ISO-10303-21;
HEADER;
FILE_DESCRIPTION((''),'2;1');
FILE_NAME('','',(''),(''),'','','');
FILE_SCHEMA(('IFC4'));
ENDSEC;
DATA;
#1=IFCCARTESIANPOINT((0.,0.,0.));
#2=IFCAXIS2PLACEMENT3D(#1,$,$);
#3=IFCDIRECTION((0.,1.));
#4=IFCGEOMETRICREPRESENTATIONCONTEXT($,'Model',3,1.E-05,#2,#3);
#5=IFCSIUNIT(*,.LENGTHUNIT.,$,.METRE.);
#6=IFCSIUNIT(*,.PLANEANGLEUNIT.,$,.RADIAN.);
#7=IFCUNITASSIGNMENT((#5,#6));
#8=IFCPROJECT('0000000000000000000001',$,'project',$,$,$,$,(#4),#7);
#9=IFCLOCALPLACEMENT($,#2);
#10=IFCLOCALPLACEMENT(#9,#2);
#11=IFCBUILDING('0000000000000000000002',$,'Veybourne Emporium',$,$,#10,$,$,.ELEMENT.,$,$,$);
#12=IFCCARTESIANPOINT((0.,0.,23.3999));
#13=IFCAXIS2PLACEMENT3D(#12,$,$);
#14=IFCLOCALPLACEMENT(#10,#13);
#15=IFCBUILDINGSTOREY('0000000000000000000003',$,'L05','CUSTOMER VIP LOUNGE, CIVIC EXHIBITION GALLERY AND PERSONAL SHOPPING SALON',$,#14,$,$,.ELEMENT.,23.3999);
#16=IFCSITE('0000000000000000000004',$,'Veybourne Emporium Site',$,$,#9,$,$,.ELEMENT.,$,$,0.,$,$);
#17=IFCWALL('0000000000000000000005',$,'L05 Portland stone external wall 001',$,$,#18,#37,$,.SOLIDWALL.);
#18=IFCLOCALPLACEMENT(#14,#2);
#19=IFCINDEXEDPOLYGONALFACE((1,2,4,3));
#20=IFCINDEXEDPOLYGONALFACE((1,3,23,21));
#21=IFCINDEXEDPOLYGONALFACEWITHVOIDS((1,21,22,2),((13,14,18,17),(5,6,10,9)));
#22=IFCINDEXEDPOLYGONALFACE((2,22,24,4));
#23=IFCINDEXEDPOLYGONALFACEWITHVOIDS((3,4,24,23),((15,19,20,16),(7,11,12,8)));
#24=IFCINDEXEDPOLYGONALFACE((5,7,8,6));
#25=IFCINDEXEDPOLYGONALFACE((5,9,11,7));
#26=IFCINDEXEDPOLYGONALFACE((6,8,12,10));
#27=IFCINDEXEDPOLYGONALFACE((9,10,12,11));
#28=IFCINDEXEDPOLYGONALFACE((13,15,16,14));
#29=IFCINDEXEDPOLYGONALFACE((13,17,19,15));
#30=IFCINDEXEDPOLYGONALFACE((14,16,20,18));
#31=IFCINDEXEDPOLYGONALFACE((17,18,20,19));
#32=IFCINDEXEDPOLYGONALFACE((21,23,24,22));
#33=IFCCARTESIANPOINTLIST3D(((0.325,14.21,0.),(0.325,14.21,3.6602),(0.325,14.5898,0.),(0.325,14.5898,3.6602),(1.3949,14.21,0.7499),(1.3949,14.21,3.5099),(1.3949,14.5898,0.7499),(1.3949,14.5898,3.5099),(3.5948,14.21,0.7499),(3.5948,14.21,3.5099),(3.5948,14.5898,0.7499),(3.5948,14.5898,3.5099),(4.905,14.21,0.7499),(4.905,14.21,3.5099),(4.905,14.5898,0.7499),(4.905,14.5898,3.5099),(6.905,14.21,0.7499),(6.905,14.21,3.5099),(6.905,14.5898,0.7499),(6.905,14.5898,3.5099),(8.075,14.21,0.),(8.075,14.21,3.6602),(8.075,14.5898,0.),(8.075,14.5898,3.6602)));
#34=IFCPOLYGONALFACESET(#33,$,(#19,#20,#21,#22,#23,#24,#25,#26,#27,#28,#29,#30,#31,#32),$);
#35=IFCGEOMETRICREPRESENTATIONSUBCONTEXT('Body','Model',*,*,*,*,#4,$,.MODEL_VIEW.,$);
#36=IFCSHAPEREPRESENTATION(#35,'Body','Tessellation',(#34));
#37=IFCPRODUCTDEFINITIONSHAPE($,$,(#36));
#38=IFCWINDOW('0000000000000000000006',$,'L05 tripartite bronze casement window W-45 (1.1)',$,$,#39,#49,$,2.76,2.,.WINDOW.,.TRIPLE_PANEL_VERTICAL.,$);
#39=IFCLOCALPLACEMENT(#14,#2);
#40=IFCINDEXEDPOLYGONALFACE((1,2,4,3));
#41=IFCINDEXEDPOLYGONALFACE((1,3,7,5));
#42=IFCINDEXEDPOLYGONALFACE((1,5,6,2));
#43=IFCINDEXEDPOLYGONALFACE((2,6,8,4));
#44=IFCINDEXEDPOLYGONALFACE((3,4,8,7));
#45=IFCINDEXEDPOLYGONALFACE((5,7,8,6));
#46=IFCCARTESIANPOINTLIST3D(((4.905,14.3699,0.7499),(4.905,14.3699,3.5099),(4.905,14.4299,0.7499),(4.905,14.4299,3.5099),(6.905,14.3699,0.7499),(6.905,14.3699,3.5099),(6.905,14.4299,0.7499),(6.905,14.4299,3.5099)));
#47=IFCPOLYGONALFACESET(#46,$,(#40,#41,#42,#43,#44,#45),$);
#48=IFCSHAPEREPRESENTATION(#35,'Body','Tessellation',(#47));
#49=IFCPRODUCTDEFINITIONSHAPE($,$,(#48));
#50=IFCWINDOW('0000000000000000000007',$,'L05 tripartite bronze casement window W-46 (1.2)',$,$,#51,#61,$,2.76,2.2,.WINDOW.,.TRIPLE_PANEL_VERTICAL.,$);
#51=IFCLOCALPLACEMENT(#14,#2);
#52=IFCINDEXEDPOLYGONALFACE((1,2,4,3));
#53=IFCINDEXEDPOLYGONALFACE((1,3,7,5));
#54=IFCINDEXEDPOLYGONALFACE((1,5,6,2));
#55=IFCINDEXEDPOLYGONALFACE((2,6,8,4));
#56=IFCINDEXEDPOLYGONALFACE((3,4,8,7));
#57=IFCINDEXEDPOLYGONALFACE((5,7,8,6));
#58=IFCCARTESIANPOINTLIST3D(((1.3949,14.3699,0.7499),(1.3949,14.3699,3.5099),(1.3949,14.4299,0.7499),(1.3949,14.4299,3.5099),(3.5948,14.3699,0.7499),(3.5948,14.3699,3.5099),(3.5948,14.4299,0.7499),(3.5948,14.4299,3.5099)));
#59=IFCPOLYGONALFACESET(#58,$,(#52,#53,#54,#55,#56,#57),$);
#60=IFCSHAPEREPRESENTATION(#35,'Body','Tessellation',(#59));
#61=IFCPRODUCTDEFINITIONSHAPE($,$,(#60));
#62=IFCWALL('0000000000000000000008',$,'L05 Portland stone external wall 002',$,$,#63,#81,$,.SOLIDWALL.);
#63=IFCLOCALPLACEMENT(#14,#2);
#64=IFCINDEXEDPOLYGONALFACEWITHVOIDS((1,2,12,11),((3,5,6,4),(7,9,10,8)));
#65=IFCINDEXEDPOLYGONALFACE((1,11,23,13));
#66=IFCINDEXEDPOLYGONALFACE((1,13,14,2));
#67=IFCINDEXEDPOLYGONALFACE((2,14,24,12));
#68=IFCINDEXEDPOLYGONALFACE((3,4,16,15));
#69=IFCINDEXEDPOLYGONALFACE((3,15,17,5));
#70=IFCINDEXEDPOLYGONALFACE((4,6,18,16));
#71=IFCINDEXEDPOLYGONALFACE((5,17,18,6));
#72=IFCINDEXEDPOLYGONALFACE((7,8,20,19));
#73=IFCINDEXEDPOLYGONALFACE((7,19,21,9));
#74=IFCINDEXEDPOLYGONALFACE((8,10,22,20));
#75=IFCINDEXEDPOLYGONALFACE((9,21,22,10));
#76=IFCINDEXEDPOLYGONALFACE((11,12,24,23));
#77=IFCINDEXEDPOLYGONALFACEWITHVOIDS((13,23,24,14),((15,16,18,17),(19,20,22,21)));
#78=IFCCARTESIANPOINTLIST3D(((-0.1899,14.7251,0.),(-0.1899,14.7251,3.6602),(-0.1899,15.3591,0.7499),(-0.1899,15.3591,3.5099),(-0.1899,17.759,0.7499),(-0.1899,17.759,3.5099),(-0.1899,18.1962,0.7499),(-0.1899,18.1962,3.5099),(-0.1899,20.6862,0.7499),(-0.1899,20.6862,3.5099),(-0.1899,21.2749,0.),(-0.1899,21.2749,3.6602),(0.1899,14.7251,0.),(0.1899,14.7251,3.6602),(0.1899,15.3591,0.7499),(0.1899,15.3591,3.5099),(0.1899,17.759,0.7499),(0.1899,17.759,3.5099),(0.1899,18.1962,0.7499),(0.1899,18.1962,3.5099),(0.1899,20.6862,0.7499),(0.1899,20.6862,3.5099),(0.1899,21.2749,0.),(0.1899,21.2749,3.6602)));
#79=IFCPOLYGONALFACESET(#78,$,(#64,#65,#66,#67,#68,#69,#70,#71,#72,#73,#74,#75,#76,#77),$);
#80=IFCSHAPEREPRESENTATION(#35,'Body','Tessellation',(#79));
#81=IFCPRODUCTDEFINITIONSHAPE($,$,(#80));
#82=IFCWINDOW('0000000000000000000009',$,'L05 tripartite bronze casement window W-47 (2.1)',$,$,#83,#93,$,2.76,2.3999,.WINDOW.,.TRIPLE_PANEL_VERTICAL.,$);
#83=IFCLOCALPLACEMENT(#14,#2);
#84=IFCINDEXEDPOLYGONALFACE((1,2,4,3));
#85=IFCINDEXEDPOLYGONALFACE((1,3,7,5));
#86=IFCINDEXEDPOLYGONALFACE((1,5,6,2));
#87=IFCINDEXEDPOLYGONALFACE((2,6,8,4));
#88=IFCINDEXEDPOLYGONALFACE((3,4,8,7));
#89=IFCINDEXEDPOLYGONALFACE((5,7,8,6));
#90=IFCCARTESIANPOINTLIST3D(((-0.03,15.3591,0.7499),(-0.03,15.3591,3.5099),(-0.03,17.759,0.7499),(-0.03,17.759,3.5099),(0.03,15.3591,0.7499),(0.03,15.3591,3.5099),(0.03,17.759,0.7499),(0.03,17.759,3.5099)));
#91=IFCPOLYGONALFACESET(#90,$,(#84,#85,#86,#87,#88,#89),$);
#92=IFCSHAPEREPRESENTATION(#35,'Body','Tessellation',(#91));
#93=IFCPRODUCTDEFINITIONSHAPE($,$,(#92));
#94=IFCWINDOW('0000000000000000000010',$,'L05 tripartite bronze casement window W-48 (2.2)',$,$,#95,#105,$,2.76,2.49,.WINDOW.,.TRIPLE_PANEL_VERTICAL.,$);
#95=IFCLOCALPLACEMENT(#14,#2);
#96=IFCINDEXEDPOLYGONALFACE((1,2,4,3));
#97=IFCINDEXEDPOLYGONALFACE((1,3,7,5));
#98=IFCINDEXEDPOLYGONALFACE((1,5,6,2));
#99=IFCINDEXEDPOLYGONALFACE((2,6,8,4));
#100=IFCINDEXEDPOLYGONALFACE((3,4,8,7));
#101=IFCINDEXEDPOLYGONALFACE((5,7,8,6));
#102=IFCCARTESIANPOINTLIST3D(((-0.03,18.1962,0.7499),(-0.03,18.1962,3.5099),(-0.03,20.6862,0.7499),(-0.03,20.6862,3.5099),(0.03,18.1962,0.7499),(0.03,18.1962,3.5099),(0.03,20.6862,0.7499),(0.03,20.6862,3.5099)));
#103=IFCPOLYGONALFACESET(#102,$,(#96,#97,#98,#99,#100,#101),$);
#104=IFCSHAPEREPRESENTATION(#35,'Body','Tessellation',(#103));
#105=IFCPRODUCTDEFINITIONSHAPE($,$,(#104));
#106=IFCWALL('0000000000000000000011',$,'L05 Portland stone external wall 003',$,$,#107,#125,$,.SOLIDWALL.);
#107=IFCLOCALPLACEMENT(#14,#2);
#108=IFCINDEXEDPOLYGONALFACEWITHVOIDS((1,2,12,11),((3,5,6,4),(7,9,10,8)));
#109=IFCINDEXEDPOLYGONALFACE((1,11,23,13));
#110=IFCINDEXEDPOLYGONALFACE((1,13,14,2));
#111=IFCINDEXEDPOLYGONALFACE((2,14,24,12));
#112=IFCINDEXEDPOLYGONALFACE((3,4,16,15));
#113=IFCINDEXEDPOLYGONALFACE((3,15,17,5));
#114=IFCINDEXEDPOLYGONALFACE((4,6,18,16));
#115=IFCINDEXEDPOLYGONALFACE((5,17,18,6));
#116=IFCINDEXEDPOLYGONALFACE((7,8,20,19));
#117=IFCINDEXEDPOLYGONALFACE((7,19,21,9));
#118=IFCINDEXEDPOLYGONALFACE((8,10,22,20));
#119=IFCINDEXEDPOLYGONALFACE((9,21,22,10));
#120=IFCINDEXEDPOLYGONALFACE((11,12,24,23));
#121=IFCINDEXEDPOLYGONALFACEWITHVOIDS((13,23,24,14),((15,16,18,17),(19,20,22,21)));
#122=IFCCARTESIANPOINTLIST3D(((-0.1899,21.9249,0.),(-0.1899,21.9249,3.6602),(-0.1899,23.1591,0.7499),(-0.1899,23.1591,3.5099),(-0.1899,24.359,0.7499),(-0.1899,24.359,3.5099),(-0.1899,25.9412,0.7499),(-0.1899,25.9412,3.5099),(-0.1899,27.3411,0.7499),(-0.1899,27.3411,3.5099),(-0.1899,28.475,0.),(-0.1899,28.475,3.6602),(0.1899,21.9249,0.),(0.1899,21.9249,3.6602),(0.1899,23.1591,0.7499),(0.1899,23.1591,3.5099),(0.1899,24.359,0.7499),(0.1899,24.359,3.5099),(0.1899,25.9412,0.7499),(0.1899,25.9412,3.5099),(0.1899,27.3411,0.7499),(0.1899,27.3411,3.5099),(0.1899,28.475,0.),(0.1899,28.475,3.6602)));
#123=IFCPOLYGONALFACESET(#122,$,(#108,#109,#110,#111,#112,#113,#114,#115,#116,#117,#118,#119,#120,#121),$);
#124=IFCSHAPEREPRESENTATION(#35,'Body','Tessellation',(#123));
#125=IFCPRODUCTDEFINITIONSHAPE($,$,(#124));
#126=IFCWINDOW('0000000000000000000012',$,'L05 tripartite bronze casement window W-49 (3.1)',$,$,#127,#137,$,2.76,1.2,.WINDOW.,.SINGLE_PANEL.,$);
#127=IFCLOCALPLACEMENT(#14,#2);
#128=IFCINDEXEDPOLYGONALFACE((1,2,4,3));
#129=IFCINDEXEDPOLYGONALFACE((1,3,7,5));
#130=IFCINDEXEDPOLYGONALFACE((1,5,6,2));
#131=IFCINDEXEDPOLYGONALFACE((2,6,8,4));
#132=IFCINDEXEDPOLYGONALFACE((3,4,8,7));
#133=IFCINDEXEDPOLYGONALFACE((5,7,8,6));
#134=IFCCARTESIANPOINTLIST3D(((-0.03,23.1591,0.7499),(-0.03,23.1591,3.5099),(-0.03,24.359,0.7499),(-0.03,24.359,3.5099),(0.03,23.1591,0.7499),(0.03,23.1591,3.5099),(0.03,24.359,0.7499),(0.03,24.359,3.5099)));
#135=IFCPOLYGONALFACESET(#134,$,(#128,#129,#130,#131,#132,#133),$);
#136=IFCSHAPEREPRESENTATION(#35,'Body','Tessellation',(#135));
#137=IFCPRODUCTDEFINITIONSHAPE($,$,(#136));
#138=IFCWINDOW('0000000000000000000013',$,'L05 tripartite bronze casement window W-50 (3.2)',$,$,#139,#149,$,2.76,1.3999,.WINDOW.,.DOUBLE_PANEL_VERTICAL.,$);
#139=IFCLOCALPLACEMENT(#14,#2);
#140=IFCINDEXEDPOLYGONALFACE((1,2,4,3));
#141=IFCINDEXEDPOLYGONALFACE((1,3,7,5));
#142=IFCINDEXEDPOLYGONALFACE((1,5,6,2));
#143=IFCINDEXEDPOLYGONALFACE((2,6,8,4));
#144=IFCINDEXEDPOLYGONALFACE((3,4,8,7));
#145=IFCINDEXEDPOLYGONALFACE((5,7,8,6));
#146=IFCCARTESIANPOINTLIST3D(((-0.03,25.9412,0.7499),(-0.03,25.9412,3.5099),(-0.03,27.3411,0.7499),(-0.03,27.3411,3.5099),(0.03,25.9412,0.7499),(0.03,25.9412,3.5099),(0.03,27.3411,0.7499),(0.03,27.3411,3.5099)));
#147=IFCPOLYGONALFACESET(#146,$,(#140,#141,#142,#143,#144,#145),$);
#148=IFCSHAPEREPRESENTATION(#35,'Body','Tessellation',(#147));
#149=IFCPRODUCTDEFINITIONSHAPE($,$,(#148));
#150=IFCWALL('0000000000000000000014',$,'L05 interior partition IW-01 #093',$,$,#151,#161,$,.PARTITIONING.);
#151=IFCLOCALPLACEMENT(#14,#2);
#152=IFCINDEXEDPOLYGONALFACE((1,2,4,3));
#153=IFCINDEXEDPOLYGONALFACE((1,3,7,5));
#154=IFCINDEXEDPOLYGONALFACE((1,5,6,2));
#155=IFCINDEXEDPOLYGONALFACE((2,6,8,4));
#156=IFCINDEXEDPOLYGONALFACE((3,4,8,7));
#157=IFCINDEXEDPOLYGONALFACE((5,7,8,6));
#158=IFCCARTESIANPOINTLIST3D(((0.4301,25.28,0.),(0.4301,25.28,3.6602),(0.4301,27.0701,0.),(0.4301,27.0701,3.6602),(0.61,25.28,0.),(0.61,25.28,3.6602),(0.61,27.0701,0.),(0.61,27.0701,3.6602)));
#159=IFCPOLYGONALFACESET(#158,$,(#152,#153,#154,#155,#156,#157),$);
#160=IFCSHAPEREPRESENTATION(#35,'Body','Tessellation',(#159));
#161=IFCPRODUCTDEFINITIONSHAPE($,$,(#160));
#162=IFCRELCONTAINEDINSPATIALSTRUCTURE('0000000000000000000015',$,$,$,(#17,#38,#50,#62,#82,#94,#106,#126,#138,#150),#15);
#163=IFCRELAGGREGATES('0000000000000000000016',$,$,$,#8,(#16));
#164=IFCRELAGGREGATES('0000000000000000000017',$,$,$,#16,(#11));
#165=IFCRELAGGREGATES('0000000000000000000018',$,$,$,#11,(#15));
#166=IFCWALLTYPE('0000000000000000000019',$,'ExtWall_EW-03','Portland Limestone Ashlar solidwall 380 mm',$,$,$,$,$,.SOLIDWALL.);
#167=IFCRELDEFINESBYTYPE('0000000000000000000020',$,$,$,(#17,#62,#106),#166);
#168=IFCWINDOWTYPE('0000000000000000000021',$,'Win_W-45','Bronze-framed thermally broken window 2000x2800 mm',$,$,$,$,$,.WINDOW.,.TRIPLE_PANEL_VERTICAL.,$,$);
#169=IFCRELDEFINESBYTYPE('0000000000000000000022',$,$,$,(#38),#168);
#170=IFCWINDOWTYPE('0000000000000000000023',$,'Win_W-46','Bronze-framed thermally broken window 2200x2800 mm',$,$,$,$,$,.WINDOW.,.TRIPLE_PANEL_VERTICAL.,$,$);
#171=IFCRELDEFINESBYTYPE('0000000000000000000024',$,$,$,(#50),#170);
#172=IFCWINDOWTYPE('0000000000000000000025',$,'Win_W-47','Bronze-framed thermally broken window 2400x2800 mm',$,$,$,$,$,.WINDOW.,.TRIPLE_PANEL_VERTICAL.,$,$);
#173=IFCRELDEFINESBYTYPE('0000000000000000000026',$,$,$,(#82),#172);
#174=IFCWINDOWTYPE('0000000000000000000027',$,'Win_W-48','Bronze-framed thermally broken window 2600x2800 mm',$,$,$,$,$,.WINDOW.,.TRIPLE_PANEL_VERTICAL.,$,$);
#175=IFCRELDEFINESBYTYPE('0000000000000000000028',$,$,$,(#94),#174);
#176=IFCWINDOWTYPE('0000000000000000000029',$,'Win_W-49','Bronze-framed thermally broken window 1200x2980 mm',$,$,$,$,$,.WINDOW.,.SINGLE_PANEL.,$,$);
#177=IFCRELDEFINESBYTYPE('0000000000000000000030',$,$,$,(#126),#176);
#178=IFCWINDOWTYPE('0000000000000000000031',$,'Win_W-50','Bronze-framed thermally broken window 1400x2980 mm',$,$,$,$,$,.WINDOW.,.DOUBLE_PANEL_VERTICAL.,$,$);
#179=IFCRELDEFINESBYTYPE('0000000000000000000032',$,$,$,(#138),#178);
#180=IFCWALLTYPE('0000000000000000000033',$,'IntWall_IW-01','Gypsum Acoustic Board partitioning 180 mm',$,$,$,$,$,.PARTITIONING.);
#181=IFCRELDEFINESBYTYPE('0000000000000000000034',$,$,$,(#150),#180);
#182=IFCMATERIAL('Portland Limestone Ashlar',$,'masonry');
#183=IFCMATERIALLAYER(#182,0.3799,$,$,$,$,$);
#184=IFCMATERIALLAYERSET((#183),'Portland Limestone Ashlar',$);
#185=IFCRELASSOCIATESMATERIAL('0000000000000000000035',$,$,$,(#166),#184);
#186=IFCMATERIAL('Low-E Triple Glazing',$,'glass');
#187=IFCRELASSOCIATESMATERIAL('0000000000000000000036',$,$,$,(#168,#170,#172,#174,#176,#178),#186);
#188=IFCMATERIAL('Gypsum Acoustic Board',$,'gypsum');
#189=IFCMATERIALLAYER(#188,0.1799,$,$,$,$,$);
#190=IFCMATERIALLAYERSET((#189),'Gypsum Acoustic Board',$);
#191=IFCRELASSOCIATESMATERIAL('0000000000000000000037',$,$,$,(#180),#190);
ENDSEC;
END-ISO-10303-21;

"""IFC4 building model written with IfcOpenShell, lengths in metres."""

from ifc_helpers import new_model, si_unit, direction, frame, frame_2d, origin, place, context, subcontext, project, spatial, rectangle, extrude, material, layer, layer_set, type_object, element, fill, save


model = new_model("IFC4")

# Units and contexts
model_context = context("Model", 3, precision=1e-05, world=origin(), true_north=direction((0.0, 1.0)))
body_context = subcontext(model_context, "Body", "Model", "MODEL_VIEW")
ifc_project = project(units=[si_unit("LENGTHUNIT", "METRE"), si_unit("PLANEANGLEUNIT", "RADIAN")], contexts=[model_context])

# Site, building, storey
site_placement = place(None, origin())
site = spatial("IfcSite", under=ifc_project, at=site_placement, Name="Veybourne Emporium Site", CompositionType="ELEMENT", RefElevation=0.0)
building_placement = place(site_placement, origin())
building = spatial("IfcBuilding", under=site, at=building_placement, Name="Veybourne Emporium", CompositionType="ELEMENT")
storey_placement = place(building_placement, frame((0.0, 0.0, 23.3999)))
storey = spatial("IfcBuildingStorey", under=building, at=storey_placement, Name="L05", Description="CUSTOMER VIP LOUNGE, CIVIC EXHIBITION GALLERY AND PERSONAL SHOPPING SALON", CompositionType="ELEMENT", Elevation=23.3999)

# Walls, openings, windows
ifc_material_1 = material(Name="Portland Limestone Ashlar", Category="masonry")
ifc_layer_1 = layer(ifc_material_1, 0.3799)
ifc_layer_set_1 = layer_set([ifc_layer_1], Name="Portland Limestone Ashlar")
wall_type_1 = type_object("IfcWallType", Name="ExtWall_EW-03", Description="Portland Limestone Ashlar solidwall 380 mm", PredefinedType="SOLIDWALL", material=ifc_layer_set_1)
wall_1_placement = place(storey_placement, frame((8.075, 14.3999, 0.0), z_axis=(0.0, 0.0, 1.0), x_axis=(-1.0, 0.0, 0.0)))
wall_1 = element("IfcWall", 1, at=wall_1_placement, inside=storey, type_object=wall_type_1, Name="L05 Portland stone external wall 001", PredefinedType="SOLIDWALL", context=body_context, shape_type="SweptSolid", body=[
    extrude(rectangle(XDim=7.75, YDim=0.3799, at=frame_2d((3.875, 0.0))), origin(), (0.0, 0.0, 1.0), 3.6602),
])
opening_1_placement = place(wall_1_placement, frame((1.1699, 0.0, 0.75)))
opening_1 = element("IfcOpeningElement", 2, at=opening_1_placement, cuts=wall_1, PredefinedType="OPENING", context=body_context, shape_type="SweptSolid", body=[
    extrude(rectangle(XDim=2.0, YDim=2.76, at=frame_2d((1.0, 1.3799))), frame((0.0, 0.21, 0.0), z_axis=(0.0, -1.0, 0.0), x_axis=(1.0, 0.0, 0.0)), (0.0, 0.0, 1.0), 0.4199),
])
opening_2_placement = place(wall_1_placement, frame((4.48, 0.0, 0.75)))
opening_2 = element("IfcOpeningElement", 3, at=opening_2_placement, cuts=wall_1, PredefinedType="OPENING", context=body_context, shape_type="SweptSolid", body=[
    extrude(rectangle(XDim=2.2, YDim=2.76, at=frame_2d((1.1001, 1.3799))), frame((0.0, 0.21, 0.0), z_axis=(0.0, -1.0, 0.0), x_axis=(1.0, 0.0, 0.0)), (0.0, 0.0, 1.0), 0.4199),
])
ifc_material_2 = material(Name="Low-E Triple Glazing", Category="glass")
window_type_1 = type_object("IfcWindowType", Name="Win_W-45", Description="Bronze-framed thermally broken window 2000x2800 mm", PartitioningType="TRIPLE_PANEL_VERTICAL", PredefinedType="WINDOW", material=ifc_material_2)
window_1_placement = place(opening_1_placement, origin())
window_1 = element("IfcWindow", 4, at=window_1_placement, inside=storey, type_object=window_type_1, Name="L05 tripartite bronze casement window W-45 (1.1)", OverallHeight=2.76, OverallWidth=2.0, PartitioningType="TRIPLE_PANEL_VERTICAL", PredefinedType="WINDOW", context=body_context, shape_type="SweptSolid", body=[
    extrude(rectangle(XDim=2.0, YDim=2.76, at=frame_2d((1.0, 1.3799))), frame((0.0, 0.03, 0.0), z_axis=(0.0, -1.0, 0.0), x_axis=(1.0, 0.0, 0.0)), (0.0, 0.0, 1.0), 0.0601),
])
fill(opening_1, window_1)
window_type_2 = type_object("IfcWindowType", Name="Win_W-46", Description="Bronze-framed thermally broken window 2200x2800 mm", PartitioningType="TRIPLE_PANEL_VERTICAL", PredefinedType="WINDOW", material=ifc_material_2)
window_2_placement = place(opening_2_placement, origin())
window_2 = element("IfcWindow", 5, at=window_2_placement, inside=storey, type_object=window_type_2, Name="L05 tripartite bronze casement window W-46 (1.2)", OverallHeight=2.76, OverallWidth=2.2, PartitioningType="TRIPLE_PANEL_VERTICAL", PredefinedType="WINDOW", context=body_context, shape_type="SweptSolid", body=[
    extrude(rectangle(XDim=2.2, YDim=2.76, at=frame_2d((1.1001, 1.3799))), frame((0.0, 0.03, 0.0), z_axis=(0.0, -1.0, 0.0), x_axis=(1.0, 0.0, 0.0)), (0.0, 0.0, 1.0), 0.0601),
])
fill(opening_2, window_2)
wall_2_placement = place(storey_placement, frame((0.0, 14.7251, 0.0), z_axis=(0.0, 0.0, 1.0), x_axis=(0.0, 1.0, 0.0)))
wall_2 = element("IfcWall", 6, at=wall_2_placement, inside=storey, type_object=wall_type_1, Name="L05 Portland stone external wall 002", PredefinedType="SOLIDWALL", context=body_context, shape_type="SweptSolid", body=[
    extrude(rectangle(XDim=6.5498, YDim=0.3799, at=frame_2d((3.2749, 0.0))), origin(), (0.0, 0.0, 1.0), 3.6602),
])
opening_3_placement = place(wall_2_placement, frame((0.634, 0.0, 0.75)))
opening_3 = element("IfcOpeningElement", 7, at=opening_3_placement, cuts=wall_2, PredefinedType="OPENING", context=body_context, shape_type="SweptSolid", body=[
    extrude(rectangle(XDim=2.3999, YDim=2.76, at=frame_2d((1.2, 1.3799))), frame((0.0, 0.21, 0.0), z_axis=(0.0, -1.0, 0.0), x_axis=(1.0, 0.0, 0.0)), (0.0, 0.0, 1.0), 0.4199),
])
opening_4_placement = place(wall_2_placement, frame((3.4709, 0.0, 0.75)))
opening_4 = element("IfcOpeningElement", 8, at=opening_4_placement, cuts=wall_2, PredefinedType="OPENING", context=body_context, shape_type="SweptSolid", body=[
    extrude(rectangle(XDim=2.49, YDim=2.76, at=frame_2d((1.2451, 1.3799))), frame((0.0, 0.21, 0.0), z_axis=(0.0, -1.0, 0.0), x_axis=(1.0, 0.0, 0.0)), (0.0, 0.0, 1.0), 0.4199),
])
window_type_3 = type_object("IfcWindowType", Name="Win_W-47", Description="Bronze-framed thermally broken window 2400x2800 mm", PartitioningType="TRIPLE_PANEL_VERTICAL", PredefinedType="WINDOW", material=ifc_material_2)
window_3_placement = place(opening_3_placement, origin())
window_3 = element("IfcWindow", 9, at=window_3_placement, inside=storey, type_object=window_type_3, Name="L05 tripartite bronze casement window W-47 (2.1)", OverallHeight=2.76, OverallWidth=2.3999, PartitioningType="TRIPLE_PANEL_VERTICAL", PredefinedType="WINDOW", context=body_context, shape_type="SweptSolid", body=[
    extrude(rectangle(XDim=2.3999, YDim=2.76, at=frame_2d((1.2, 1.3799))), frame((0.0, 0.03, 0.0), z_axis=(0.0, -1.0, 0.0), x_axis=(1.0, 0.0, 0.0)), (0.0, 0.0, 1.0), 0.0601),
])
fill(opening_3, window_3)
window_type_4 = type_object("IfcWindowType", Name="Win_W-48", Description="Bronze-framed thermally broken window 2600x2800 mm", PartitioningType="TRIPLE_PANEL_VERTICAL", PredefinedType="WINDOW", material=ifc_material_2)
window_4_placement = place(opening_4_placement, origin())
window_4 = element("IfcWindow", 10, at=window_4_placement, inside=storey, type_object=window_type_4, Name="L05 tripartite bronze casement window W-48 (2.2)", OverallHeight=2.76, OverallWidth=2.49, PartitioningType="TRIPLE_PANEL_VERTICAL", PredefinedType="WINDOW", context=body_context, shape_type="SweptSolid", body=[
    extrude(rectangle(XDim=2.49, YDim=2.76, at=frame_2d((1.2451, 1.3799))), frame((0.0, 0.03, 0.0), z_axis=(0.0, -1.0, 0.0), x_axis=(1.0, 0.0, 0.0)), (0.0, 0.0, 1.0), 0.0601),
])
fill(opening_4, window_4)
wall_3_placement = place(storey_placement, frame((0.0, 21.925, 0.0), z_axis=(0.0, 0.0, 1.0), x_axis=(0.0, 1.0, 0.0)))
wall_3 = element("IfcWall", 11, at=wall_3_placement, inside=storey, type_object=wall_type_1, Name="L05 Portland stone external wall 003", PredefinedType="SOLIDWALL", context=body_context, shape_type="SweptSolid", body=[
    extrude(rectangle(XDim=6.55, YDim=0.3799, at=frame_2d((3.2749, 0.0))), origin(), (0.0, 0.0, 1.0), 3.6602),
])
opening_5_placement = place(wall_3_placement, frame((1.2339, 0.0, 0.75)))
opening_5 = element("IfcOpeningElement", 12, at=opening_5_placement, cuts=wall_3, PredefinedType="OPENING", context=body_context, shape_type="SweptSolid", body=[
    extrude(rectangle(XDim=1.2, YDim=2.76, at=frame_2d((0.6001, 1.3799))), frame((0.0, 0.21, 0.0), z_axis=(0.0, -1.0, 0.0), x_axis=(1.0, 0.0, 0.0)), (0.0, 0.0, 1.0), 0.4199),
])
opening_6_placement = place(wall_3_placement, frame((4.0161, 0.0, 0.75)))
opening_6 = element("IfcOpeningElement", 13, at=opening_6_placement, cuts=wall_3, PredefinedType="OPENING", context=body_context, shape_type="SweptSolid", body=[
    extrude(rectangle(XDim=1.3999, YDim=2.76, at=frame_2d((0.7, 1.3799))), frame((0.0, 0.21, 0.0), z_axis=(0.0, -1.0, 0.0), x_axis=(1.0, 0.0, 0.0)), (0.0, 0.0, 1.0), 0.4199),
])
window_type_5 = type_object("IfcWindowType", Name="Win_W-49", Description="Bronze-framed thermally broken window 1200x2980 mm", PartitioningType="SINGLE_PANEL", PredefinedType="WINDOW", material=ifc_material_2)
window_5_placement = place(opening_5_placement, origin())
window_5 = element("IfcWindow", 14, at=window_5_placement, inside=storey, type_object=window_type_5, Name="L05 tripartite bronze casement window W-49 (3.1)", OverallHeight=2.76, OverallWidth=1.2, PartitioningType="SINGLE_PANEL", PredefinedType="WINDOW", context=body_context, shape_type="SweptSolid", body=[
    extrude(rectangle(XDim=1.2, YDim=2.76, at=frame_2d((0.6001, 1.3799))), frame((0.0, 0.03, 0.0), z_axis=(0.0, -1.0, 0.0), x_axis=(1.0, 0.0, 0.0)), (0.0, 0.0, 1.0), 0.0601),
])
fill(opening_5, window_5)
window_type_6 = type_object("IfcWindowType", Name="Win_W-50", Description="Bronze-framed thermally broken window 1400x2980 mm", PartitioningType="DOUBLE_PANEL_VERTICAL", PredefinedType="WINDOW", material=ifc_material_2)
window_6_placement = place(opening_6_placement, origin())
window_6 = element("IfcWindow", 15, at=window_6_placement, inside=storey, type_object=window_type_6, Name="L05 tripartite bronze casement window W-50 (3.2)", OverallHeight=2.76, OverallWidth=1.3999, PartitioningType="DOUBLE_PANEL_VERTICAL", PredefinedType="WINDOW", context=body_context, shape_type="SweptSolid", body=[
    extrude(rectangle(XDim=1.3999, YDim=2.76, at=frame_2d((0.7, 1.3799))), frame((0.0, 0.03, 0.0), z_axis=(0.0, -1.0, 0.0), x_axis=(1.0, 0.0, 0.0)), (0.0, 0.0, 1.0), 0.0601),
])
fill(opening_6, window_6)

# Wall
ifc_material_3 = material(Name="Gypsum Acoustic Board", Category="gypsum")
ifc_layer_2 = layer(ifc_material_3, 0.1799)
ifc_layer_set_2 = layer_set([ifc_layer_2], Name="Gypsum Acoustic Board")
wall_type_2 = type_object("IfcWallType", Name="IntWall_IW-01", Description="Gypsum Acoustic Board partitioning 180 mm", PredefinedType="PARTITIONING", material=ifc_layer_set_2)
wall_4_placement = place(storey_placement, frame((0.52, 25.28, 0.0), z_axis=(0.0, 0.0, 1.0), x_axis=(0.0, 1.0, 0.0)))
element("IfcWall", 16, at=wall_4_placement, inside=storey, type_object=wall_type_2, Name="L05 interior partition IW-01 #093", PredefinedType="PARTITIONING", context=body_context, shape_type="SweptSolid", body=[
    extrude(rectangle(XDim=1.79, YDim=0.1799, at=frame_2d((0.895, 0.0))), origin(), (0.0, 0.0, 1.0), 3.6602),
])

save(model, "model.ifc")
